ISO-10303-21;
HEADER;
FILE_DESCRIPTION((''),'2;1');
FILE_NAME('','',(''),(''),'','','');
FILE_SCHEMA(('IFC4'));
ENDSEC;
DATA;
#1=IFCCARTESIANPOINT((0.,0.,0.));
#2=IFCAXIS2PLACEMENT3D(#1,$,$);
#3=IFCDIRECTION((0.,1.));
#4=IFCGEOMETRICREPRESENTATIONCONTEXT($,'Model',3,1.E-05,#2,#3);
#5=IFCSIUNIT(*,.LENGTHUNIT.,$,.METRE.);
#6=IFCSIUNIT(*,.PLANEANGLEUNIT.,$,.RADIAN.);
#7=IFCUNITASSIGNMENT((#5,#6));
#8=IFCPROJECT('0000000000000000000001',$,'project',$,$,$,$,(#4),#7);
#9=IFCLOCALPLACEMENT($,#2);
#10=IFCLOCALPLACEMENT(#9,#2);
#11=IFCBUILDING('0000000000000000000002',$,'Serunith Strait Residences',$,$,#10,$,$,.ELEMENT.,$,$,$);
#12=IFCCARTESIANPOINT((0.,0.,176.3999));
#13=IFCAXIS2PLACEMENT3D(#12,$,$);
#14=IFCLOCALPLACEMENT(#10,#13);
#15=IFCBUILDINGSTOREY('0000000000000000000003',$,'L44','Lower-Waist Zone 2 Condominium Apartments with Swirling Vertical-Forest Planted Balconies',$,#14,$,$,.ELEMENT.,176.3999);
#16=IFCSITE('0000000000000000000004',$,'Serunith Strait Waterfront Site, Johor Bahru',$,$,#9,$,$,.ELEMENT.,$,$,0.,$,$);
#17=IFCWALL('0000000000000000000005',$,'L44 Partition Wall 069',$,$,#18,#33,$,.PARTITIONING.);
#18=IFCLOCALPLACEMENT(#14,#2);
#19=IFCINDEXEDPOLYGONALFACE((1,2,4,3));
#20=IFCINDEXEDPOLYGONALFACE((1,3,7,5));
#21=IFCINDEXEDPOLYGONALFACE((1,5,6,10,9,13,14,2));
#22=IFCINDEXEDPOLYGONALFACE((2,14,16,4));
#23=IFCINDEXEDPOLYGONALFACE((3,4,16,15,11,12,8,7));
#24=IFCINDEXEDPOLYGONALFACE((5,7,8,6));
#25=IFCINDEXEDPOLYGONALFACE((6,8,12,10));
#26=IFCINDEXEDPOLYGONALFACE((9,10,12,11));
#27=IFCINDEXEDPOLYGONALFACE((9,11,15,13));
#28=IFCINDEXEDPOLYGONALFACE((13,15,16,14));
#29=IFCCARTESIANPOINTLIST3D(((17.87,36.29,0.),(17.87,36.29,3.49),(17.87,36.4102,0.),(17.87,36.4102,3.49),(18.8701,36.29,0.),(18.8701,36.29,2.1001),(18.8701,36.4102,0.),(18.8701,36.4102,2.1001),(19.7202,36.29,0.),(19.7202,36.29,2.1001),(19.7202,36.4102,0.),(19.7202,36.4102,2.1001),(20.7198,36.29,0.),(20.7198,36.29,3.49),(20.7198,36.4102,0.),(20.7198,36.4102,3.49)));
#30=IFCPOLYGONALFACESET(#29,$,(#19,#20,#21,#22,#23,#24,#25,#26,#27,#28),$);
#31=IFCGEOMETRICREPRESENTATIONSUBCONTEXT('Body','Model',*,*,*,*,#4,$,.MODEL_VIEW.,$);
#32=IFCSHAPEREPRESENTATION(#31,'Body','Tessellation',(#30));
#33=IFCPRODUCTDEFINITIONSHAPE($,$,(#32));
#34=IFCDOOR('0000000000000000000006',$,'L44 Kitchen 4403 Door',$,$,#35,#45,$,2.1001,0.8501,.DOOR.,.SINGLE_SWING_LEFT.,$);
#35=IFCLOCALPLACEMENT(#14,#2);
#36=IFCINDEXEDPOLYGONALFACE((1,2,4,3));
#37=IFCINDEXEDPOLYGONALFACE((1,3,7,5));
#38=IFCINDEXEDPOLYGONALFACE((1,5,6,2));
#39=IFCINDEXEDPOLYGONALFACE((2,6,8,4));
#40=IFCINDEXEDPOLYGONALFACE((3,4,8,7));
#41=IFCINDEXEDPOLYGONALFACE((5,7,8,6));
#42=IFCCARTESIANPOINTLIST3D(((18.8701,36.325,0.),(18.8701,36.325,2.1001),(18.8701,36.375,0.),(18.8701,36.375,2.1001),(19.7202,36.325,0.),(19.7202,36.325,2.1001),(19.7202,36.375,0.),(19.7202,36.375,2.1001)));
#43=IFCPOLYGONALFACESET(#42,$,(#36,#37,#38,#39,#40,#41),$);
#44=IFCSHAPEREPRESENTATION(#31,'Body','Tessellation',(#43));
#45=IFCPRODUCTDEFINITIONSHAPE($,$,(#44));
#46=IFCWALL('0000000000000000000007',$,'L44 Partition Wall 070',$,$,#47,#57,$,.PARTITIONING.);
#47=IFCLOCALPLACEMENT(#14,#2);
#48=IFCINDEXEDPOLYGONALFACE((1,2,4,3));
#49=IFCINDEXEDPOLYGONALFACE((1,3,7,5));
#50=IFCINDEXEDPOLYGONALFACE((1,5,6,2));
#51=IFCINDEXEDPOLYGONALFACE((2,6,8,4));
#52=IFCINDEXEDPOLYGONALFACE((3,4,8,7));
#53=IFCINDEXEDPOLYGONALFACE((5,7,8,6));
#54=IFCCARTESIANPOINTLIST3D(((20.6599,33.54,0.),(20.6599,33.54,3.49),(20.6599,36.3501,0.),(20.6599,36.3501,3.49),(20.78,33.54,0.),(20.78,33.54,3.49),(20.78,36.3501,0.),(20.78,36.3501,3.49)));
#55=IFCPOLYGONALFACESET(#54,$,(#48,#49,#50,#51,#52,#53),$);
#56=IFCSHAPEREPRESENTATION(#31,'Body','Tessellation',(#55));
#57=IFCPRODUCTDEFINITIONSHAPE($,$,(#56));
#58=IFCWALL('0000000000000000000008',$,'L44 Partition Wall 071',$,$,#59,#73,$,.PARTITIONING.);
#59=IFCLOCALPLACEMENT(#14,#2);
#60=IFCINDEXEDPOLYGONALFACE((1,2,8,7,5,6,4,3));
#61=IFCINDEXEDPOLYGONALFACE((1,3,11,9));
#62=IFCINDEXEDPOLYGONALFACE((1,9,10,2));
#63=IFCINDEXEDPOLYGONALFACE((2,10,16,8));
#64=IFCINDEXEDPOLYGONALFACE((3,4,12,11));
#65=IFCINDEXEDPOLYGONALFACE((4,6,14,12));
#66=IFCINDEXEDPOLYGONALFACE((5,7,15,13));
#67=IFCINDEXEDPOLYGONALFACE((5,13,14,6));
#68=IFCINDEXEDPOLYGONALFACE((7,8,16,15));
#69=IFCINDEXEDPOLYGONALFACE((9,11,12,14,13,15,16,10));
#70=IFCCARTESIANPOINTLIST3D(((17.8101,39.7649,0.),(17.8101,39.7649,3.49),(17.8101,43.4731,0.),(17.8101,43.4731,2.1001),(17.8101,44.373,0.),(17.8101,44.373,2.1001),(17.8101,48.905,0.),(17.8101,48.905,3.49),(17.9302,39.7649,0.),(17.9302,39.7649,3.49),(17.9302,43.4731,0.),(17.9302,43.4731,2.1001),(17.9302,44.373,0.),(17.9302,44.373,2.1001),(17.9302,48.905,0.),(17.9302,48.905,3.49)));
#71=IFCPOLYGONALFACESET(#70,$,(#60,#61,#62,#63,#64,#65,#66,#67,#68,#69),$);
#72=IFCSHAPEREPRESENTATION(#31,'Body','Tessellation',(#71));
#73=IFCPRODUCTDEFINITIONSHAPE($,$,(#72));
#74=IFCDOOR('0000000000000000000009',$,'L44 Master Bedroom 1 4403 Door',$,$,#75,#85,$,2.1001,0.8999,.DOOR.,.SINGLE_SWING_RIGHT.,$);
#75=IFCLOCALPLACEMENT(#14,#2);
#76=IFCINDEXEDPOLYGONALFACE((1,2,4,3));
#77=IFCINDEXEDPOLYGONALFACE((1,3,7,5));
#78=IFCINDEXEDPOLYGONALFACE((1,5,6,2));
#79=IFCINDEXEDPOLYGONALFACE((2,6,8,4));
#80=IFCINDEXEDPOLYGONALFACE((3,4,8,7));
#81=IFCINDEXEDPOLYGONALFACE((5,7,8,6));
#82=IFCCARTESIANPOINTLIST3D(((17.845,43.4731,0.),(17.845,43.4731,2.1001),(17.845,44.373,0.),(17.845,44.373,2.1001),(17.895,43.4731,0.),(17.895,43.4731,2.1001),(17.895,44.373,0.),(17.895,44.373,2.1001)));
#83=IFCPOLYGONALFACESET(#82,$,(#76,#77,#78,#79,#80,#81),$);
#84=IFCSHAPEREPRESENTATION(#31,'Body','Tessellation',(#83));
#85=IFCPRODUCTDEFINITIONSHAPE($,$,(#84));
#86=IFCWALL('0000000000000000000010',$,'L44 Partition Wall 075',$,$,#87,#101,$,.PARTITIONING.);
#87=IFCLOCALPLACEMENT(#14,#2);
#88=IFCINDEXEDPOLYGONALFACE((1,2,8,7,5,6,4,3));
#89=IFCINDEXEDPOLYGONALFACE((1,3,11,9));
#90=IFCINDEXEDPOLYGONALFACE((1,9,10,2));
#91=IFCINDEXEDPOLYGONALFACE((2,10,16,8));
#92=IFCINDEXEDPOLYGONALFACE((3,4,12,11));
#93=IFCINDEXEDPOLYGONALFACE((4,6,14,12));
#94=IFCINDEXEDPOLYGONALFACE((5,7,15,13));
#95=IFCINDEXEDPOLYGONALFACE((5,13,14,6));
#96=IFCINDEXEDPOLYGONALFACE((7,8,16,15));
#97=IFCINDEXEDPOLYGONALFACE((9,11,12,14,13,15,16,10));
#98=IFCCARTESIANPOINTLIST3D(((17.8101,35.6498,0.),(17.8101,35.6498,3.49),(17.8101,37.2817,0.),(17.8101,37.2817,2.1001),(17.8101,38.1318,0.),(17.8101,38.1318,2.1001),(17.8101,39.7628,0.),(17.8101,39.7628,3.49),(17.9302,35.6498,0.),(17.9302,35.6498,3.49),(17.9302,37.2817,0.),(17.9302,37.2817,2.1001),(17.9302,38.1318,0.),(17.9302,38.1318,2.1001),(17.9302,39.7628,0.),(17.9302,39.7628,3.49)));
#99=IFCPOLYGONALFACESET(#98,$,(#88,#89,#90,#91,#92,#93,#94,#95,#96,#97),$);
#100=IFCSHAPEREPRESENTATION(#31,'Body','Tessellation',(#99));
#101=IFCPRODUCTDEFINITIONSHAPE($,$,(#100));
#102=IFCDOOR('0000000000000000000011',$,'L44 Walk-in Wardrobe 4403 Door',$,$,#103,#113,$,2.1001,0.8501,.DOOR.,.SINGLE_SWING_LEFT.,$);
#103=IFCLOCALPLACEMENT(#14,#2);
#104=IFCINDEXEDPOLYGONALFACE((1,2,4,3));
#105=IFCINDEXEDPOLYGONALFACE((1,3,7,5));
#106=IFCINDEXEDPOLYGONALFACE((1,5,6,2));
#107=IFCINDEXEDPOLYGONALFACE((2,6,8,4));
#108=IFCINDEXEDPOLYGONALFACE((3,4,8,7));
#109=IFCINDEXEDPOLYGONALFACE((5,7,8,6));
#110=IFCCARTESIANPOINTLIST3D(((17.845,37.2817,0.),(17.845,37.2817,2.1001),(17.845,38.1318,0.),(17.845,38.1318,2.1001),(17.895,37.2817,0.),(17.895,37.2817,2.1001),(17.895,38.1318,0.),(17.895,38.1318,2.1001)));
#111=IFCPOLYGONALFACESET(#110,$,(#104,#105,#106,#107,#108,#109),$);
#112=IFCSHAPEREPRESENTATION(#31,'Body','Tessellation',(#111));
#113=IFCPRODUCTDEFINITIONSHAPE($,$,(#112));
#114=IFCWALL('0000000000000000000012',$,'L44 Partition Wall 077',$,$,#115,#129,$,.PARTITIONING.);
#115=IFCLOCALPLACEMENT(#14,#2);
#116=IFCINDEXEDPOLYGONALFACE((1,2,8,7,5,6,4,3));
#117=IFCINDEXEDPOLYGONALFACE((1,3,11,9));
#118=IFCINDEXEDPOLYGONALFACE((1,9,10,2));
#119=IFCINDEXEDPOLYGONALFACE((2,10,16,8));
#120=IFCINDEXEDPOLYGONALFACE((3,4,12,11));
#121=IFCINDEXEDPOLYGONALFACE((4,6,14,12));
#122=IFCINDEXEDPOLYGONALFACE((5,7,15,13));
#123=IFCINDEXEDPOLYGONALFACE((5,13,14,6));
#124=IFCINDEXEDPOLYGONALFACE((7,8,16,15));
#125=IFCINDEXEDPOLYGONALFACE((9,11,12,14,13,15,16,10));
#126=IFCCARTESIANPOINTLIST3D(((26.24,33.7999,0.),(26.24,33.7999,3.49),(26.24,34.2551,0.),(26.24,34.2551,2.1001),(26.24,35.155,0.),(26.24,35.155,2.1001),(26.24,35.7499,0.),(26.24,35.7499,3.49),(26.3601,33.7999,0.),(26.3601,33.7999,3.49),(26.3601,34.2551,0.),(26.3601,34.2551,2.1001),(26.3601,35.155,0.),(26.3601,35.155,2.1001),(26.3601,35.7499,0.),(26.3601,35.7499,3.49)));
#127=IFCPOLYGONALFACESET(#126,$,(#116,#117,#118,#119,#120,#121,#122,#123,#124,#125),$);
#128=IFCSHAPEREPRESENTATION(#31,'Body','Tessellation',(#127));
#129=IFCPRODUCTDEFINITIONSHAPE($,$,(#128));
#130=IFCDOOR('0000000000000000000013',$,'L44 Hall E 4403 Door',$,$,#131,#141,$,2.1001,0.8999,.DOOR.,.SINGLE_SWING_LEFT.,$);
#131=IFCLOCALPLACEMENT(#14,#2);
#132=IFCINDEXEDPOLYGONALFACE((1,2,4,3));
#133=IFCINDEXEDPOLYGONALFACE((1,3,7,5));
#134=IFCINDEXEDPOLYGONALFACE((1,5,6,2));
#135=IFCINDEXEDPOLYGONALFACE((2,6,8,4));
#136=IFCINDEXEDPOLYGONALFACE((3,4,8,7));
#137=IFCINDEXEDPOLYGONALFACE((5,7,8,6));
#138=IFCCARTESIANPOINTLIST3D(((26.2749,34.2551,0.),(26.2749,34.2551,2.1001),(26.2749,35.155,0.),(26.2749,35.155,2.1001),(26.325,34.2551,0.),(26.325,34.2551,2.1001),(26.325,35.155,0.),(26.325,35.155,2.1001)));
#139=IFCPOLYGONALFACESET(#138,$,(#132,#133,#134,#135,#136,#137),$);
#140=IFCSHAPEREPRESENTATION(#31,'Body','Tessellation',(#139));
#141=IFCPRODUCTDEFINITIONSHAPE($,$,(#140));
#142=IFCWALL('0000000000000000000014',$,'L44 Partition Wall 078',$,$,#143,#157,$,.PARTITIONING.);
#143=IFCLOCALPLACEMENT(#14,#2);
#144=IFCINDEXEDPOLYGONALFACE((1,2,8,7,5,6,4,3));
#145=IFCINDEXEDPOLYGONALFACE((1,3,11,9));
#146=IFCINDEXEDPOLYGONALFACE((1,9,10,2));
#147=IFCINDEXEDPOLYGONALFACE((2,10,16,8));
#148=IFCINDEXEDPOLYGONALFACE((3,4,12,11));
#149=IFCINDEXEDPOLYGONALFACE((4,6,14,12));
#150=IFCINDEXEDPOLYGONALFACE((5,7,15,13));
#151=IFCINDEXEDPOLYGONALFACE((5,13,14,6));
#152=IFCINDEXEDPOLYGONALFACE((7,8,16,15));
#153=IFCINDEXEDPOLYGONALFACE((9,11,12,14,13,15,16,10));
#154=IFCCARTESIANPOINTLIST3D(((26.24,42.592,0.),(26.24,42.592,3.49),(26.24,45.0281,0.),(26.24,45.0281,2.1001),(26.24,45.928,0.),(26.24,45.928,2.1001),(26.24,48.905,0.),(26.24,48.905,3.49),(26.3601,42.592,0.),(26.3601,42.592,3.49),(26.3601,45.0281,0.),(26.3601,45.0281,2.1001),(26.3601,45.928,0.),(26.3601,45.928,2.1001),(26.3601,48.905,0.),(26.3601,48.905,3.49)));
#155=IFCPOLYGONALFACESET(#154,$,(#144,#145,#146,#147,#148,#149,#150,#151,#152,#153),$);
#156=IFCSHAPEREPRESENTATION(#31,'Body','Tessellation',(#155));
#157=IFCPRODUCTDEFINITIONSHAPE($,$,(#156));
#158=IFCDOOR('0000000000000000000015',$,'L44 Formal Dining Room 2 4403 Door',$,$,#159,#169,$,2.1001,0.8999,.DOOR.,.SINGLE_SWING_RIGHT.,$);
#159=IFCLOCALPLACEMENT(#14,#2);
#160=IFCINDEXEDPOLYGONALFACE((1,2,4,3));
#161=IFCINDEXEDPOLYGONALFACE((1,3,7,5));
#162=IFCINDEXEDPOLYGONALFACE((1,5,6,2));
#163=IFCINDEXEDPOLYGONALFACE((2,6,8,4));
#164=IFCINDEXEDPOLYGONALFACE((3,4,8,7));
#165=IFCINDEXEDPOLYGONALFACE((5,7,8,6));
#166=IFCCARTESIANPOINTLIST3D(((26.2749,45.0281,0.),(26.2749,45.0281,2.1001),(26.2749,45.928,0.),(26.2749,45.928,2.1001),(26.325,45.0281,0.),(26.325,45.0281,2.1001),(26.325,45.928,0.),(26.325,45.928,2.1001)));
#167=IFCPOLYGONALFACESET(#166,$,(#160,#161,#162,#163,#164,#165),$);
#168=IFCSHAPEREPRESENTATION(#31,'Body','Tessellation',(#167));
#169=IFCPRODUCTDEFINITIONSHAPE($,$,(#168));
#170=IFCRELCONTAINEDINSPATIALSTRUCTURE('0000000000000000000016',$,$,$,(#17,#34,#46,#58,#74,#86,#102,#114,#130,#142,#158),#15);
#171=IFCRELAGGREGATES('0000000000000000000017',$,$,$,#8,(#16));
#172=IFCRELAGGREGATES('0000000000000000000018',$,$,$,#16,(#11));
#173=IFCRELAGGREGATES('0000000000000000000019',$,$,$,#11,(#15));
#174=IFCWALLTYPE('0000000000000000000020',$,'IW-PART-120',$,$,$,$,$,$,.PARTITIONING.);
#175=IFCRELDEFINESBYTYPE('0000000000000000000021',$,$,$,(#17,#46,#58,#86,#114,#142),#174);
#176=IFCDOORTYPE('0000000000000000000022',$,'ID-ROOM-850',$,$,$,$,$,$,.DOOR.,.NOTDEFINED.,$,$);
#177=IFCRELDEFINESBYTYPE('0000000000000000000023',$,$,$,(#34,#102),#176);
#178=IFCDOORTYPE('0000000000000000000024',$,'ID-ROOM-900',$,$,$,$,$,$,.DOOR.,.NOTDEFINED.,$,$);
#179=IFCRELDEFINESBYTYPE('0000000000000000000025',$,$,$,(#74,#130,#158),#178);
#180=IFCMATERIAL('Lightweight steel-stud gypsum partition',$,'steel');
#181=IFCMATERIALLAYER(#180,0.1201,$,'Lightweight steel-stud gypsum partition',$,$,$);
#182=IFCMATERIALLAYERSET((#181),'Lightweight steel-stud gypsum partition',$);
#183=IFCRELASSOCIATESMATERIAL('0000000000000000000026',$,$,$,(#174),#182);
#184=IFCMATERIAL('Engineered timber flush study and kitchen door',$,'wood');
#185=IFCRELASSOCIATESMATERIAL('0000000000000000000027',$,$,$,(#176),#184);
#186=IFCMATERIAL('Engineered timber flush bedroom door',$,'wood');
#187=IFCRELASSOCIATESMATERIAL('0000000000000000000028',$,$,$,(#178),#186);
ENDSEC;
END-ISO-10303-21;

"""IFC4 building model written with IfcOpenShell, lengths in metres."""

from ifc_helpers import new_model, si_unit, direction, frame, frame_2d, origin, place, context, subcontext, project, spatial, rectangle, extrude, source, transform, mapped, material, layer, layer_set, type_object, element, fill, save


model = new_model("IFC4")

# Units and contexts
model_context = context("Model", 3, precision=1e-05, world=origin(), true_north=direction((0.0, 1.0)))
body_context = subcontext(model_context, "Body", "Model", "MODEL_VIEW")
ifc_project = project(units=[si_unit("LENGTHUNIT", "METRE"), si_unit("PLANEANGLEUNIT", "RADIAN")], contexts=[model_context])

# Site, building, storey
site_placement = place(None, origin())
site = spatial("IfcSite", under=ifc_project, at=site_placement, Name="Serunith Strait Waterfront Site, Johor Bahru", CompositionType="ELEMENT", RefElevation=0.0)
building_placement = place(site_placement, origin())
building = spatial("IfcBuilding", under=site, at=building_placement, Name="Serunith Strait Residences", CompositionType="ELEMENT")
storey_placement = place(building_placement, frame((0.0, 0.0, 176.3999)))
storey = spatial("IfcBuildingStorey", under=building, at=storey_placement, Name="L44", Description="Lower-Waist Zone 2 Condominium Apartments with Swirling Vertical-Forest Planted Balconies", CompositionType="ELEMENT", Elevation=176.3999)

# Wall, opening, door
ifc_material_1 = material(Name="Lightweight steel-stud gypsum partition", Category="steel")
ifc_layer_1 = layer(ifc_material_1, 0.1201, Name="Lightweight steel-stud gypsum partition")
ifc_layer_set_1 = layer_set([ifc_layer_1], Name="Lightweight steel-stud gypsum partition")
wall_type = type_object("IfcWallType", Name="IW-PART-120", PredefinedType="PARTITIONING", material=ifc_layer_set_1)
wall_1_placement = place(storey_placement, frame((17.8701, 36.3501, 0.0), z_axis=(0.0, 0.0, 1.0), x_axis=(1.0, 0.0, 0.0)))
wall_1 = element("IfcWall", 1, at=wall_1_placement, inside=storey, type_object=wall_type, Name="L44 Partition Wall 069", PredefinedType="PARTITIONING", context=body_context, shape_type="SweptSolid", body=[
    extrude(rectangle(XDim=2.8499, YDim=0.1201, at=frame_2d((1.4248, 0.0))), origin(), (0.0, 0.0, 1.0), 3.49),
])
opening_1_placement = place(wall_1_placement, frame((1.0, 0.0, 0.0)))
opening_1 = element("IfcOpeningElement", 2, at=opening_1_placement, cuts=wall_1, PredefinedType="OPENING", context=body_context, shape_type="SweptSolid", body=[
    extrude(rectangle(XDim=0.8501, YDim=2.1001, at=frame_2d((0.425, 1.05))), frame((0.0, 0.0701, 0.0), z_axis=(0.0, -1.0, 0.0), x_axis=(1.0, 0.0, 0.0)), (0.0, 0.0, 1.0), 0.1401),
])
ifc_material_2 = material(Name="Engineered timber flush study and kitchen door", Category="wood")
door_type_1 = type_object("IfcDoorType", Name="ID-ROOM-850", OperationType="NOTDEFINED", PredefinedType="DOOR", material=ifc_material_2)
shared_shape_1 = source(origin(), body_context, "Body", "SweptSolid", [
    extrude(rectangle(XDim=0.8501, YDim=2.1001, at=frame_2d((0.425, 1.05))), frame((0.0, 0.0249, 0.0), z_axis=(0.0, -1.0, 0.0), x_axis=(1.0, 0.0, 0.0)), (0.0, 0.0, 1.0), 0.05),
])
door_1_placement = place(opening_1_placement, origin())
door_1 = element("IfcDoor", 3, at=door_1_placement, inside=storey, type_object=door_type_1, Name="L44 Kitchen 4403 Door", OperationType="SINGLE_SWING_LEFT", OverallHeight=2.1001, OverallWidth=0.8501, PredefinedType="DOOR", context=body_context, shape_type="MappedRepresentation", body=[
    mapped(shared_shape_1, transform((0.0, 0.0, 0.0), scale=1.0)),
])
fill(opening_1, door_1)

# Wall
wall_2_placement = place(storey_placement, frame((20.72, 36.3501, 0.0), z_axis=(0.0, 0.0, 1.0), x_axis=(0.0, -1.0, 0.0)))
element("IfcWall", 4, at=wall_2_placement, inside=storey, type_object=wall_type, Name="L44 Partition Wall 070", PredefinedType="PARTITIONING", context=body_context, shape_type="SweptSolid", body=[
    extrude(rectangle(XDim=2.8101, YDim=0.1201, at=frame_2d((1.405, 0.0))), origin(), (0.0, 0.0, 1.0), 3.49),
])

# Walls, openings, doors
wall_3_placement = place(storey_placement, frame((17.8701, 48.905, 0.0), z_axis=(0.0, 0.0, 1.0), x_axis=(0.0, -1.0, 0.0)))
wall_3 = element("IfcWall", 5, at=wall_3_placement, inside=storey, type_object=wall_type, Name="L44 Partition Wall 071", PredefinedType="PARTITIONING", context=body_context, shape_type="SweptSolid", body=[
    extrude(rectangle(XDim=9.1401, YDim=0.1201, at=frame_2d((4.5701, 0.0))), origin(), (0.0, 0.0, 1.0), 3.49),
])
opening_2_placement = place(wall_3_placement, frame((4.532, 0.0, 0.0)))
opening_2 = element("IfcOpeningElement", 6, at=opening_2_placement, cuts=wall_3, PredefinedType="OPENING", context=body_context, shape_type="SweptSolid", body=[
    extrude(rectangle(XDim=0.8999, YDim=2.1001, at=frame_2d((0.45, 1.05))), frame((0.0, 0.0701, 0.0), z_axis=(0.0, -1.0, 0.0), x_axis=(1.0, 0.0, 0.0)), (0.0, 0.0, 1.0), 0.1401),
])
ifc_material_3 = material(Name="Engineered timber flush bedroom door", Category="wood")
door_type_2 = type_object("IfcDoorType", Name="ID-ROOM-900", OperationType="NOTDEFINED", PredefinedType="DOOR", material=ifc_material_3)
shared_shape_2 = source(origin(), body_context, "Body", "SweptSolid", [
    extrude(rectangle(XDim=0.8999, YDim=2.1001, at=frame_2d((0.45, 1.05))), frame((0.0, 0.0249, 0.0), z_axis=(0.0, -1.0, 0.0), x_axis=(1.0, 0.0, 0.0)), (0.0, 0.0, 1.0), 0.05),
])
door_2_placement = place(opening_2_placement, origin())
door_2 = element("IfcDoor", 7, at=door_2_placement, inside=storey, type_object=door_type_2, Name="L44 Master Bedroom 1 4403 Door", OperationType="SINGLE_SWING_RIGHT", OverallHeight=2.1001, OverallWidth=0.8999, PredefinedType="DOOR", context=body_context, shape_type="MappedRepresentation", body=[
    mapped(shared_shape_2, transform((0.0, 0.0, 0.0), scale=1.0)),
])
fill(opening_2, door_2)
wall_4_placement = place(storey_placement, frame((17.8701, 39.7629, 0.0), z_axis=(0.0, 0.0, 1.0), x_axis=(0.0, -1.0, 0.0)))
wall_4 = element("IfcWall", 8, at=wall_4_placement, inside=storey, type_object=wall_type, Name="L44 Partition Wall 075", PredefinedType="PARTITIONING", context=body_context, shape_type="SweptSolid", body=[
    extrude(rectangle(XDim=4.113, YDim=0.1201, at=frame_2d((2.0566, 0.0))), origin(), (0.0, 0.0, 1.0), 3.49),
])
opening_3_placement = place(wall_4_placement, frame((1.6311, 0.0, 0.0)))
opening_3 = element("IfcOpeningElement", 9, at=opening_3_placement, cuts=wall_4, PredefinedType="OPENING", context=body_context, shape_type="SweptSolid", body=[
    extrude(rectangle(XDim=0.8501, YDim=2.1001, at=frame_2d((0.425, 1.05))), frame((0.0, 0.0701, 0.0), z_axis=(0.0, -1.0, 0.0), x_axis=(1.0, 0.0, 0.0)), (0.0, 0.0, 1.0), 0.1401),
])
door_3_placement = place(opening_3_placement, origin())
door_3 = element("IfcDoor", 10, at=door_3_placement, inside=storey, type_object=door_type_1, Name="L44 Walk-in Wardrobe 4403 Door", OperationType="SINGLE_SWING_LEFT", OverallHeight=2.1001, OverallWidth=0.8501, PredefinedType="DOOR", context=body_context, shape_type="MappedRepresentation", body=[
    mapped(shared_shape_1, transform((0.0, 0.0, 0.0), scale=1.0)),
])
fill(opening_3, door_3)
wall_5_placement = place(storey_placement, frame((26.3, 35.75, 0.0), z_axis=(0.0, 0.0, 1.0), x_axis=(0.0, -1.0, 0.0)))
wall_5 = element("IfcWall", 11, at=wall_5_placement, inside=storey, type_object=wall_type, Name="L44 Partition Wall 077", PredefinedType="PARTITIONING", context=body_context, shape_type="SweptSolid", body=[
    extrude(rectangle(XDim=1.95, YDim=0.1201, at=frame_2d((0.9751, 0.0))), origin(), (0.0, 0.0, 1.0), 3.49),
])
opening_4_placement = place(wall_5_placement, frame((0.595, 0.0, 0.0)))
opening_4 = element("IfcOpeningElement", 12, at=opening_4_placement, cuts=wall_5, PredefinedType="OPENING", context=body_context, shape_type="SweptSolid", body=[
    extrude(rectangle(XDim=0.8999, YDim=2.1001, at=frame_2d((0.45, 1.05))), frame((0.0, 0.0701, 0.0), z_axis=(0.0, -1.0, 0.0), x_axis=(1.0, 0.0, 0.0)), (0.0, 0.0, 1.0), 0.1401),
])
door_4_placement = place(opening_4_placement, origin())
door_4 = element("IfcDoor", 13, at=door_4_placement, inside=storey, type_object=door_type_2, Name="L44 Hall E 4403 Door", OperationType="SINGLE_SWING_LEFT", OverallHeight=2.1001, OverallWidth=0.8999, PredefinedType="DOOR", context=body_context, shape_type="MappedRepresentation", body=[
    mapped(shared_shape_2, transform((0.0, 0.0, 0.0), scale=1.0)),
])
fill(opening_4, door_4)
wall_6_placement = place(storey_placement, frame((26.3, 48.905, 0.0), z_axis=(0.0, 0.0, 1.0), x_axis=(0.0, -1.0, 0.0)))
wall_6 = element("IfcWall", 14, at=wall_6_placement, inside=storey, type_object=wall_type, Name="L44 Partition Wall 078", PredefinedType="PARTITIONING", context=body_context, shape_type="SweptSolid", body=[
    extrude(rectangle(XDim=6.313, YDim=0.1201, at=frame_2d((3.1565, 0.0))), origin(), (0.0, 0.0, 1.0), 3.49),
])
opening_5_placement = place(wall_6_placement, frame((2.9771, 0.0, 0.0)))
opening_5 = element("IfcOpeningElement", 15, at=opening_5_placement, cuts=wall_6, PredefinedType="OPENING", context=body_context, shape_type="SweptSolid", body=[
    extrude(rectangle(XDim=0.8999, YDim=2.1001, at=frame_2d((0.45, 1.05))), frame((0.0, 0.0701, 0.0), z_axis=(0.0, -1.0, 0.0), x_axis=(1.0, 0.0, 0.0)), (0.0, 0.0, 1.0), 0.1401),
])
door_5_placement = place(opening_5_placement, origin())
door_5 = element("IfcDoor", 16, at=door_5_placement, inside=storey, type_object=door_type_2, Name="L44 Formal Dining Room 2 4403 Door", OperationType="SINGLE_SWING_RIGHT", OverallHeight=2.1001, OverallWidth=0.8999, PredefinedType="DOOR", context=body_context, shape_type="MappedRepresentation", body=[
    mapped(shared_shape_2, transform((0.0, 0.0, 0.0), scale=1.0)),
])
fill(opening_5, door_5)

save(model, "model.ifc")
